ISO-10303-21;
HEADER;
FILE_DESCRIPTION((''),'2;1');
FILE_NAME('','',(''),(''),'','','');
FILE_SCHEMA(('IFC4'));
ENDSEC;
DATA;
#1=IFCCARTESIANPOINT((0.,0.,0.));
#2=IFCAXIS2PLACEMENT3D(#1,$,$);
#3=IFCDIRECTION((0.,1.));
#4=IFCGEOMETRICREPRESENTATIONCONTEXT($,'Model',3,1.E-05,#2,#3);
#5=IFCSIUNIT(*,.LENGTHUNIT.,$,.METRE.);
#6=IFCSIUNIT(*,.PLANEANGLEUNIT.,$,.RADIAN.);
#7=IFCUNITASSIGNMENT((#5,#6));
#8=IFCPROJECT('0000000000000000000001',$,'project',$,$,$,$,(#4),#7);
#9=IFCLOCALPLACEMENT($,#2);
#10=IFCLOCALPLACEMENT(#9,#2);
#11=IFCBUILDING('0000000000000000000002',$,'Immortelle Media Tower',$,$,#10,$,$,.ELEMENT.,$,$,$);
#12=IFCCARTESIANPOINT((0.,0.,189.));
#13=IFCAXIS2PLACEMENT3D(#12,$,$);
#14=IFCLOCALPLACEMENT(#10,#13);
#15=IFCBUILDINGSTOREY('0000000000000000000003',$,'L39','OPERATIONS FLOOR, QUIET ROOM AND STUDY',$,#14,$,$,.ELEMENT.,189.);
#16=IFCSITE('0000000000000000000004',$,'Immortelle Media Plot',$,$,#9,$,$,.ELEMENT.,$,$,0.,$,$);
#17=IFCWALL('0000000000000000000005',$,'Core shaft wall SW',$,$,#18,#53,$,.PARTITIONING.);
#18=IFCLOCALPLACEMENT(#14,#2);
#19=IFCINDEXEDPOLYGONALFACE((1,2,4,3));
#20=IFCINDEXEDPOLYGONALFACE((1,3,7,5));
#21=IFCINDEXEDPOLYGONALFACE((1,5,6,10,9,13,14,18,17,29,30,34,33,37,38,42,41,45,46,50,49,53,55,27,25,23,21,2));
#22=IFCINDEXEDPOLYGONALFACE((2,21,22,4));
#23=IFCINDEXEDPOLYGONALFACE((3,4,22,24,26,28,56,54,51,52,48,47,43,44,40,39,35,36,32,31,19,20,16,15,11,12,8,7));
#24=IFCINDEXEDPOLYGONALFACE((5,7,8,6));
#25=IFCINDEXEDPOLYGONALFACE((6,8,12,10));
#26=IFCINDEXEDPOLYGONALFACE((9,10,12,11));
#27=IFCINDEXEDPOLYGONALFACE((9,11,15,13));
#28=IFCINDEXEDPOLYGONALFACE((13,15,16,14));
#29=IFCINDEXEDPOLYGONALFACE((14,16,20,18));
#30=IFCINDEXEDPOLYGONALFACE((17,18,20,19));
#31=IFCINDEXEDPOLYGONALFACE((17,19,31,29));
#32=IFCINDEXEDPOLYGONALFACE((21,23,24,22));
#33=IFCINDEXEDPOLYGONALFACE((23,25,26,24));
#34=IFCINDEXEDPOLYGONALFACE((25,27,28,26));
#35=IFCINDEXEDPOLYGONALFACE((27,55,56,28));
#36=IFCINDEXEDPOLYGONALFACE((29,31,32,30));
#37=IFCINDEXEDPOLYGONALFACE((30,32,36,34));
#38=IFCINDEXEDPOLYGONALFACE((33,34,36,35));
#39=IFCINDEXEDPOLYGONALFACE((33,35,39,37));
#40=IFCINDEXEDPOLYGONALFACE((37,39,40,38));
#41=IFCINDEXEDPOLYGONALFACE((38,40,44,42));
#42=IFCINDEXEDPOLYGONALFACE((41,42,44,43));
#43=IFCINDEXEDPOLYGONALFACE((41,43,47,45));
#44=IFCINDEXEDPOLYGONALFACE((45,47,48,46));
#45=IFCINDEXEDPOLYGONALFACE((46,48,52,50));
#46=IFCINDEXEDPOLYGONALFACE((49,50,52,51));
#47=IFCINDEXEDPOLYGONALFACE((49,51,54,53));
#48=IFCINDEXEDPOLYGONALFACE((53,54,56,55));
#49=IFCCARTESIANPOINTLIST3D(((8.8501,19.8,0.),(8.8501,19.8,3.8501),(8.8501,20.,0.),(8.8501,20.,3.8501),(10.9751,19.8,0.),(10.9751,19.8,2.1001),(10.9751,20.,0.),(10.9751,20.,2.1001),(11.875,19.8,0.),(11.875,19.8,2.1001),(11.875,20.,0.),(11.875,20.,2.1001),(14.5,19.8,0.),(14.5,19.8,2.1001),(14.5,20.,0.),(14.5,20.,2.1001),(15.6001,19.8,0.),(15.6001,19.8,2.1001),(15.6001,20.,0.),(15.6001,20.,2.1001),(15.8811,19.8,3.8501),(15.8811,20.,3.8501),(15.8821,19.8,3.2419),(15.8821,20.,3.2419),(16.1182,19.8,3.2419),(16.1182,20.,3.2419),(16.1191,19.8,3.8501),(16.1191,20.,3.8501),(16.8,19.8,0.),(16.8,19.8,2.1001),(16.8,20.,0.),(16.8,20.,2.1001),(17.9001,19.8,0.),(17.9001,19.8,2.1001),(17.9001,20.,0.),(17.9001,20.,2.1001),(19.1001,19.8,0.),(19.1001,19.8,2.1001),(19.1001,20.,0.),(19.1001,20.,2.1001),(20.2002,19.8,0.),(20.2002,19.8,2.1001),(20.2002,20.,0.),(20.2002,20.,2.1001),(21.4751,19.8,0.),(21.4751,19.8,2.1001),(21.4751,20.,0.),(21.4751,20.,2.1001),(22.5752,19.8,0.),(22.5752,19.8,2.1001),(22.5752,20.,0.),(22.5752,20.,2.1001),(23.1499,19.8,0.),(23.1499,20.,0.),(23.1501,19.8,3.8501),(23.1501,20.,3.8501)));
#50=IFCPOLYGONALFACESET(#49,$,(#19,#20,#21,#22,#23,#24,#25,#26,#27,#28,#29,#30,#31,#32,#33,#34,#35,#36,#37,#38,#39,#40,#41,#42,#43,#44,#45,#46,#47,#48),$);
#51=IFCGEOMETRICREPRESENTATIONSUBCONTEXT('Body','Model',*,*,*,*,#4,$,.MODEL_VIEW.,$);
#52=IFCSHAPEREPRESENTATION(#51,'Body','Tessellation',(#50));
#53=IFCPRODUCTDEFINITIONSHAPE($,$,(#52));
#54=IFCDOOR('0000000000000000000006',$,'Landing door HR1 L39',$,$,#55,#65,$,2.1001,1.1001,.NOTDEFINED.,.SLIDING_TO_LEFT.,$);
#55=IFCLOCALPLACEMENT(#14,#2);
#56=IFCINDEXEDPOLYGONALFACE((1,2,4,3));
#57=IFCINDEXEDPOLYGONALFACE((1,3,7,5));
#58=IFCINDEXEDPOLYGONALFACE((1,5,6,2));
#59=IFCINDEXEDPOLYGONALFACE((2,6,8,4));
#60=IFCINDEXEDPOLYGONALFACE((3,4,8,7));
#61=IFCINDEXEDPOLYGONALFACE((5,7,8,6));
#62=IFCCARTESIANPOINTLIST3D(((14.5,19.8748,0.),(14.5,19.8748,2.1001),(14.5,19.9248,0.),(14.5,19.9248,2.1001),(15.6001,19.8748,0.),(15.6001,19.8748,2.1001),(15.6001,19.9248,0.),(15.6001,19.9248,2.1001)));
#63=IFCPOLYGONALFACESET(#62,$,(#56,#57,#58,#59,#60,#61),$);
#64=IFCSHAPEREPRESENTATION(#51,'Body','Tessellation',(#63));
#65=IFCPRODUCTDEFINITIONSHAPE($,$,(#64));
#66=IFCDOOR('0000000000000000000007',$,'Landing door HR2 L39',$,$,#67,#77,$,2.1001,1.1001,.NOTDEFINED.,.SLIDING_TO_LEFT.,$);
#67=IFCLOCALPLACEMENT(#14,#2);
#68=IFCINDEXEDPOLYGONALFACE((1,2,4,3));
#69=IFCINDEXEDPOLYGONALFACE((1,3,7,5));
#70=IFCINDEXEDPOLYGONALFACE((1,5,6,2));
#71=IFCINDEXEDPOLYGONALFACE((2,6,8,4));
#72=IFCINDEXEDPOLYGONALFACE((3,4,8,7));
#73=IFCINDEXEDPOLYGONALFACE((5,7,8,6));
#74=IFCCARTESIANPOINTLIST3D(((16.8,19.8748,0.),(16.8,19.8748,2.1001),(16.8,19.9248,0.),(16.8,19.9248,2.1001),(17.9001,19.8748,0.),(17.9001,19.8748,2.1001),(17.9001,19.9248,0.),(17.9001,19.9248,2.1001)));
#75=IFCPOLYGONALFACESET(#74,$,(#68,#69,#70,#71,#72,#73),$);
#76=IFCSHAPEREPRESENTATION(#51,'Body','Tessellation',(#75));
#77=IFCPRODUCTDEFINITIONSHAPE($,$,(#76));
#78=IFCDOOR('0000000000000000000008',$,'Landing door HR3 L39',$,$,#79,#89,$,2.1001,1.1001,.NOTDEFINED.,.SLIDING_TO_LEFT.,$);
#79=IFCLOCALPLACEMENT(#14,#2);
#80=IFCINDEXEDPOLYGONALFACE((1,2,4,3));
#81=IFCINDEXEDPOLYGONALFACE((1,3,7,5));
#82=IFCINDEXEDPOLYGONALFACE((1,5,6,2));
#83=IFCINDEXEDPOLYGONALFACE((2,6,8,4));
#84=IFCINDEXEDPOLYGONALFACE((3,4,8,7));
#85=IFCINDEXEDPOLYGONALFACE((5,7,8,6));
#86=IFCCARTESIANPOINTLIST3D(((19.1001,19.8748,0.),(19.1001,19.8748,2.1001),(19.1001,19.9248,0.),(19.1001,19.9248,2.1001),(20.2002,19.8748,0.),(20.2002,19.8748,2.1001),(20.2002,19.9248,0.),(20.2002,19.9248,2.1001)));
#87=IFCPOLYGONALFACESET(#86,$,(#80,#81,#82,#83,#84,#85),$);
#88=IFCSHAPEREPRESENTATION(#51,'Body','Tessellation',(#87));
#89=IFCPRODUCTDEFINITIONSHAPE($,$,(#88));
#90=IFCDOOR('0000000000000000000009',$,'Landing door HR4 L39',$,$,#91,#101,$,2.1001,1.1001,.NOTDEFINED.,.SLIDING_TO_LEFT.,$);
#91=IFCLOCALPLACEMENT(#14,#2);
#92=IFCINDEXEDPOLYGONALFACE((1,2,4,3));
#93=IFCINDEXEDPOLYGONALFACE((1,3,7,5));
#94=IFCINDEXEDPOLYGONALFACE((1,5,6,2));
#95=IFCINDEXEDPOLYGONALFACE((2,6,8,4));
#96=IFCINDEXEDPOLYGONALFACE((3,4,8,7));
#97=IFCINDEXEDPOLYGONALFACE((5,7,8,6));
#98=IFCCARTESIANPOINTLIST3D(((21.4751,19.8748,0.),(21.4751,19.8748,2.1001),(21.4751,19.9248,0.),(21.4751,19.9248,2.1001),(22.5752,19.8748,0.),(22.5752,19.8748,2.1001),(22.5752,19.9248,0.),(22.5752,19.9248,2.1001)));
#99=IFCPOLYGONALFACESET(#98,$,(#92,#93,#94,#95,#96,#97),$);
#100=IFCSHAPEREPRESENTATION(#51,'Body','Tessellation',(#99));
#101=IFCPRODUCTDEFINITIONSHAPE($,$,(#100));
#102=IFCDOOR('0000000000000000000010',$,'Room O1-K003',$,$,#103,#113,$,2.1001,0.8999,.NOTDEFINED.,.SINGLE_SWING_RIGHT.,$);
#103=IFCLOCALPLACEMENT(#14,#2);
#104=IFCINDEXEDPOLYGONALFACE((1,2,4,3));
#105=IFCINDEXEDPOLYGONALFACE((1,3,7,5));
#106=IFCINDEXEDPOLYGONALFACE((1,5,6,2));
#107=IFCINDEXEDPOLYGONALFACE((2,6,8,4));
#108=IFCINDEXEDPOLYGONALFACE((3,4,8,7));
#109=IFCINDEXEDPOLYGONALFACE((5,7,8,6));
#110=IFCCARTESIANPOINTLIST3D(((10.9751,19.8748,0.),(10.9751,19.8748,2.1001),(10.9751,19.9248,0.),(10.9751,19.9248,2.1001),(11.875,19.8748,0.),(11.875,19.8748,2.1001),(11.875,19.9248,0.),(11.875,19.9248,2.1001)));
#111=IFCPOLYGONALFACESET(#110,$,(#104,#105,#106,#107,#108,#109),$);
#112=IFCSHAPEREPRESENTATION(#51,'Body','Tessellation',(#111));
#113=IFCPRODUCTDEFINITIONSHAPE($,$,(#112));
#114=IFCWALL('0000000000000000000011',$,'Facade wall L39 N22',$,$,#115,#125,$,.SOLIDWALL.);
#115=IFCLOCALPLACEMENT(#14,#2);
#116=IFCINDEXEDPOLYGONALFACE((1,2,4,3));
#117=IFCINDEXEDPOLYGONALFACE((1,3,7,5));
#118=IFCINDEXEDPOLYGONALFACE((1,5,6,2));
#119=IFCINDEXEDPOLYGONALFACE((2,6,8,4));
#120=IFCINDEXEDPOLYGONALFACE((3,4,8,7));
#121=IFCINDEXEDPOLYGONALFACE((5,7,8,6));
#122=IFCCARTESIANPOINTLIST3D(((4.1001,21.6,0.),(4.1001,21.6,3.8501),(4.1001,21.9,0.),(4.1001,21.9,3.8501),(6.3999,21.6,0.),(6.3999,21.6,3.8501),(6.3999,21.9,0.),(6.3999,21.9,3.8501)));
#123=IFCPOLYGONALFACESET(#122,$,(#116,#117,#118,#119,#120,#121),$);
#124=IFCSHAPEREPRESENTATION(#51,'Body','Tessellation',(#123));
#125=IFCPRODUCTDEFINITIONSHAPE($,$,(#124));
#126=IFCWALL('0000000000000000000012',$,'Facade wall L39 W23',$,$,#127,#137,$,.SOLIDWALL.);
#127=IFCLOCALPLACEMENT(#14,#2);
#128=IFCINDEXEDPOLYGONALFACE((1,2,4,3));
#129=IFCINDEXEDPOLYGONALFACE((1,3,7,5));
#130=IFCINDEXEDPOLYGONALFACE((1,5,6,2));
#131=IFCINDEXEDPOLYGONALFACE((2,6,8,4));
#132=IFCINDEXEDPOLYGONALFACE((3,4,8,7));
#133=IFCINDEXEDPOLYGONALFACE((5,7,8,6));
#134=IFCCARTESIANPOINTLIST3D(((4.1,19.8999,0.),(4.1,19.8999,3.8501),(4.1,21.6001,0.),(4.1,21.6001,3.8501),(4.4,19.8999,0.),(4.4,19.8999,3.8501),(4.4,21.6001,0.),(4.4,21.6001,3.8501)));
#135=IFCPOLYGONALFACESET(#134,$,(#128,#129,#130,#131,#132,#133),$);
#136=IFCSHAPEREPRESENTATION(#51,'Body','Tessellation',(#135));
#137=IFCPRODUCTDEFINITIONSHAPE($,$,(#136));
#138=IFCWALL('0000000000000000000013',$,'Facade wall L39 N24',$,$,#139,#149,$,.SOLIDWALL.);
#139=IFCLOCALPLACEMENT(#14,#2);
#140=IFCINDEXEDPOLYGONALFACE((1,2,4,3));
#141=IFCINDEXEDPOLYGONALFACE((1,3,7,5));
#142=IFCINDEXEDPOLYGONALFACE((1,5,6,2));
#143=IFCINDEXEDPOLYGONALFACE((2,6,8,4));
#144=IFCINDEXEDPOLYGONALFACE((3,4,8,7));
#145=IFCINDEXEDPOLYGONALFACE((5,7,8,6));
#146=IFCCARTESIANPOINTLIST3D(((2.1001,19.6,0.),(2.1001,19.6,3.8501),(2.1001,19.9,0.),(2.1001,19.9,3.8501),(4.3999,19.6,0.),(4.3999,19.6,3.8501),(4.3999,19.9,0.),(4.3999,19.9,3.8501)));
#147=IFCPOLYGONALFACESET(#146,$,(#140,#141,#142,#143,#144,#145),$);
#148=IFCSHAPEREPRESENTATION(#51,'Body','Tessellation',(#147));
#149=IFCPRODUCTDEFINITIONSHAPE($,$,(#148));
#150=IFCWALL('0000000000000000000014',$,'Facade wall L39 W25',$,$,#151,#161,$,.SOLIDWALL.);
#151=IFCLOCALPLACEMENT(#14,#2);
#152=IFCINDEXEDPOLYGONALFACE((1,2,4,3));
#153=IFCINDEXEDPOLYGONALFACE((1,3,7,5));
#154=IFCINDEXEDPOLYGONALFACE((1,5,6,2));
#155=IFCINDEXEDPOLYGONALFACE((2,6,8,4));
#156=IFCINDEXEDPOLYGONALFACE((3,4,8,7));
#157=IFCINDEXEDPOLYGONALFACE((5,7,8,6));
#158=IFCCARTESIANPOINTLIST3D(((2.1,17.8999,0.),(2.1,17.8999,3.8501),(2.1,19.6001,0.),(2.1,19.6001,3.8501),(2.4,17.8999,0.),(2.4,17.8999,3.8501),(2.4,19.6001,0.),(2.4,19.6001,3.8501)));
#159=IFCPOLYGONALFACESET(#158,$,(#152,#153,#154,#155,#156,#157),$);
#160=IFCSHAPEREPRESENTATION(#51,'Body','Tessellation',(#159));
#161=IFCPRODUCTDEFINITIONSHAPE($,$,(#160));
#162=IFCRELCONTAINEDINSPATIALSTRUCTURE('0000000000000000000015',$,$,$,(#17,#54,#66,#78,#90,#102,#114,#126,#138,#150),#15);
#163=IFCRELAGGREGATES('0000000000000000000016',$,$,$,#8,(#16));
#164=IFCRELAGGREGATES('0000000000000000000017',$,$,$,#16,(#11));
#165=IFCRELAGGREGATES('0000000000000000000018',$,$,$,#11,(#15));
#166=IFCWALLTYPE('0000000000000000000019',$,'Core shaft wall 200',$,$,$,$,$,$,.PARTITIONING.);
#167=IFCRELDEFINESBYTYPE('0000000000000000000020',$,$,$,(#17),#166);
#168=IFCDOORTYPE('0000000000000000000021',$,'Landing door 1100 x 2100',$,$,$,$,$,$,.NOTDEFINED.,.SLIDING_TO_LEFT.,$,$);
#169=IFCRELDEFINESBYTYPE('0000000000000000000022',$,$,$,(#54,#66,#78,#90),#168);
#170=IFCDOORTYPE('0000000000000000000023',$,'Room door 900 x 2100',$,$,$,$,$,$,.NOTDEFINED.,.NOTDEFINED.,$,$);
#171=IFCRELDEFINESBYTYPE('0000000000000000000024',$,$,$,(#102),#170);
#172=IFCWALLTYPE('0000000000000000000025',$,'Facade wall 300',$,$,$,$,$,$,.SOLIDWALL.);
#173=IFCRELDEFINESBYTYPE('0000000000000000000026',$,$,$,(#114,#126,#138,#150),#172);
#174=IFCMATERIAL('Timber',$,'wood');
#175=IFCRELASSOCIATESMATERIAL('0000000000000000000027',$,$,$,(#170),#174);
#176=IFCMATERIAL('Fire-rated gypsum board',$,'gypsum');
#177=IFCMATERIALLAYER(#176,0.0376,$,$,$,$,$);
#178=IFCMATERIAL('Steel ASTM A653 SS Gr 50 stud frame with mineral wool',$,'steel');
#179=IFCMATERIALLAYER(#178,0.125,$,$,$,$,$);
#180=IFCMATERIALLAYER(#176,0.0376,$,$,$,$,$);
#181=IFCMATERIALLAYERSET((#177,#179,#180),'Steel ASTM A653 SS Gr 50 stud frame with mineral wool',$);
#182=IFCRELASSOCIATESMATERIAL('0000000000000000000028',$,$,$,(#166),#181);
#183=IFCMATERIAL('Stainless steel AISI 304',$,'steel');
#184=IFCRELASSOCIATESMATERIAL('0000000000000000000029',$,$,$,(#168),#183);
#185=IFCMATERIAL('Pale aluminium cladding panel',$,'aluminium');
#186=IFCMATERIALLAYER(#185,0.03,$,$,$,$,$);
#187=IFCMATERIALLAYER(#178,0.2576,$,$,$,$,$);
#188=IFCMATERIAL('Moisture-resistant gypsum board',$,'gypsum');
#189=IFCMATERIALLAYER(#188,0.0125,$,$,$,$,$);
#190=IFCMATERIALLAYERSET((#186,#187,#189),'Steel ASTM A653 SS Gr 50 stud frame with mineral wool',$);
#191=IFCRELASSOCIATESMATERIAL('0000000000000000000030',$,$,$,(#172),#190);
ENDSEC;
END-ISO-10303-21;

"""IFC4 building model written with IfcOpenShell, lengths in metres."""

from ifc_helpers import new_model, si_unit, direction, frame, frame_2d, origin, place, context, subcontext, project, spatial, polyline, rectangle, outline, extrude, material, layer, layer_set, type_object, element, fill, save


model = new_model("IFC4")

# Units and contexts
model_context = context("Model", 3, precision=1e-05, world=origin(), true_north=direction((0.0, 1.0)))
body_context = subcontext(model_context, "Body", "Model", "MODEL_VIEW")
ifc_project = project(units=[si_unit("LENGTHUNIT", "METRE"), si_unit("PLANEANGLEUNIT", "RADIAN")], contexts=[model_context])

# Site, building, storey
site_placement = place(None, origin())
site = spatial("IfcSite", under=ifc_project, at=site_placement, Name="Immortelle Media Plot", CompositionType="ELEMENT", RefElevation=0.0)
building_placement = place(site_placement, origin())
building = spatial("IfcBuilding", under=site, at=building_placement, Name="Immortelle Media Tower", CompositionType="ELEMENT")
storey_placement = place(building_placement, frame((0.0, 0.0, 189.0)))
storey = spatial("IfcBuildingStorey", under=building, at=storey_placement, Name="L39", Description="OPERATIONS FLOOR, QUIET ROOM AND STUDY", CompositionType="ELEMENT", Elevation=189.0)

# Shared definitions
ifc_material_1 = material(Name="Fire-rated gypsum board", Category="gypsum")
ifc_material_2 = material(Name="Steel ASTM A653 SS Gr 50 stud frame with mineral wool", Category="steel")

# Shared definitions
ifc_material_3 = material(Name="Timber", Category="wood")
door_type_1 = type_object("IfcDoorType", Name="Room door 900 x 2100", OperationType="NOTDEFINED", PredefinedType="NOTDEFINED", material=ifc_material_3)

# Wall, openings, doors
ifc_layer_1 = layer(ifc_material_1, 0.0376)
ifc_layer_2 = layer(ifc_material_2, 0.125)
ifc_layer_3 = layer(ifc_material_1, 0.0376)
ifc_layer_set_1 = layer_set([ifc_layer_1, ifc_layer_2, ifc_layer_3], Name="Steel ASTM A653 SS Gr 50 stud frame with mineral wool")
wall_type_1 = type_object("IfcWallType", Name="Core shaft wall 200", PredefinedType="PARTITIONING", material=ifc_layer_set_1)
wall_1_placement = place(storey_placement, frame((8.8501, 19.8999, 0.0), z_axis=(0.0, 0.0, 1.0), x_axis=(1.0, 0.0, 0.0)))
wall_1 = element("IfcWall", 1, at=wall_1_placement, inside=storey, type_object=wall_type_1, Name="Core shaft wall SW", PredefinedType="PARTITIONING", context=body_context, shape_type="SweptSolid", body=[
    extrude(outline(polyline([(0.0, 0.0), (14.2998, 0.0), (14.3, 3.8501), (7.269, 3.8501), (7.2681, 3.2419), (7.032, 3.2419), (7.031, 3.8501), (0.0, 3.8501), (0.0, 0.0)])), frame((0.0, 0.1001, 0.0), z_axis=(0.0, -1.0, 0.0), x_axis=(1.0, 0.0, 0.0)), (0.0, 0.0, 1.0), 0.2),
])
opening_1_placement = place(wall_1_placement, frame((2.125, 0.0, 0.0)))
opening_1 = element("IfcOpeningElement", 2, at=opening_1_placement, cuts=wall_1, PredefinedType="OPENING", context=body_context, shape_type="SweptSolid", body=[
    extrude(rectangle(XDim=0.8999, YDim=2.1001, at=frame_2d((0.45, 1.05))), frame((0.0, 0.1099, 0.0), z_axis=(0.0, -1.0, 0.0), x_axis=(1.0, 0.0, 0.0)), (0.0, 0.0, 1.0), 0.22),
])
opening_2_placement = place(wall_1_placement, frame((5.6499, 0.0, 0.0)))
opening_2 = element("IfcOpeningElement", 3, at=opening_2_placement, cuts=wall_1, PredefinedType="OPENING", context=body_context, shape_type="SweptSolid", body=[
    extrude(rectangle(XDim=1.1001, YDim=2.1001, at=frame_2d((0.55, 1.05))), frame((0.0, 0.1099, 0.0), z_axis=(0.0, -1.0, 0.0), x_axis=(1.0, 0.0, 0.0)), (0.0, 0.0, 1.0), 0.22),
])
opening_3_placement = place(wall_1_placement, frame((7.95, 0.0, 0.0)))
opening_3 = element("IfcOpeningElement", 4, at=opening_3_placement, cuts=wall_1, PredefinedType="OPENING", context=body_context, shape_type="SweptSolid", body=[
    extrude(rectangle(XDim=1.1001, YDim=2.1001, at=frame_2d((0.55, 1.05))), frame((0.0, 0.1099, 0.0), z_axis=(0.0, -1.0, 0.0), x_axis=(1.0, 0.0, 0.0)), (0.0, 0.0, 1.0), 0.22),
])
opening_4_placement = place(wall_1_placement, frame((10.25, 0.0, 0.0)))
opening_4 = element("IfcOpeningElement", 5, at=opening_4_placement, cuts=wall_1, PredefinedType="OPENING", context=body_context, shape_type="SweptSolid", body=[
    extrude(rectangle(XDim=1.1001, YDim=2.1001, at=frame_2d((0.55, 1.05))), frame((0.0, 0.1099, 0.0), z_axis=(0.0, -1.0, 0.0), x_axis=(1.0, 0.0, 0.0)), (0.0, 0.0, 1.0), 0.22),
])
opening_5_placement = place(wall_1_placement, frame((12.625, 0.0, 0.0)))
opening_5 = element("IfcOpeningElement", 6, at=opening_5_placement, cuts=wall_1, PredefinedType="OPENING", context=body_context, shape_type="SweptSolid", body=[
    extrude(rectangle(XDim=1.1001, YDim=2.1001, at=frame_2d((0.55, 1.05))), frame((0.0, 0.1099, 0.0), z_axis=(0.0, -1.0, 0.0), x_axis=(1.0, 0.0, 0.0)), (0.0, 0.0, 1.0), 0.22),
])
ifc_material_4 = material(Name="Stainless steel AISI 304", Category="steel")
door_type_2 = type_object("IfcDoorType", Name="Landing door 1100 x 2100", OperationType="SLIDING_TO_LEFT", PredefinedType="NOTDEFINED", material=ifc_material_4)
door_1_placement = place(opening_2_placement, origin())
door_1 = element("IfcDoor", 7, at=door_1_placement, inside=storey, type_object=door_type_2, Name="Landing door HR1 L39", OperationType="SLIDING_TO_LEFT", OverallHeight=2.1001, OverallWidth=1.1001, PredefinedType="NOTDEFINED", context=body_context, shape_type="SweptSolid", body=[
    extrude(rectangle(XDim=1.1001, YDim=2.1001, at=frame_2d((0.55, 1.05))), frame((0.0, 0.0249, 0.0), z_axis=(0.0, -1.0, 0.0), x_axis=(1.0, 0.0, 0.0)), (0.0, 0.0, 1.0), 0.05),
])
fill(opening_2, door_1)
door_2_placement = place(opening_3_placement, origin())
door_2 = element("IfcDoor", 8, at=door_2_placement, inside=storey, type_object=door_type_2, Name="Landing door HR2 L39", OperationType="SLIDING_TO_LEFT", OverallHeight=2.1001, OverallWidth=1.1001, PredefinedType="NOTDEFINED", context=body_context, shape_type="SweptSolid", body=[
    extrude(rectangle(XDim=1.1001, YDim=2.1001, at=frame_2d((0.55, 1.05))), frame((0.0, 0.0249, 0.0), z_axis=(0.0, -1.0, 0.0), x_axis=(1.0, 0.0, 0.0)), (0.0, 0.0, 1.0), 0.05),
])
fill(opening_3, door_2)
door_3_placement = place(opening_4_placement, origin())
door_3 = element("IfcDoor", 9, at=door_3_placement, inside=storey, type_object=door_type_2, Name="Landing door HR3 L39", OperationType="SLIDING_TO_LEFT", OverallHeight=2.1001, OverallWidth=1.1001, PredefinedType="NOTDEFINED", context=body_context, shape_type="SweptSolid", body=[
    extrude(rectangle(XDim=1.1001, YDim=2.1001, at=frame_2d((0.55, 1.05))), frame((0.0, 0.0249, 0.0), z_axis=(0.0, -1.0, 0.0), x_axis=(1.0, 0.0, 0.0)), (0.0, 0.0, 1.0), 0.05),
])
fill(opening_4, door_3)
door_4_placement = place(opening_5_placement, origin())
door_4 = element("IfcDoor", 10, at=door_4_placement, inside=storey, type_object=door_type_2, Name="Landing door HR4 L39", OperationType="SLIDING_TO_LEFT", OverallHeight=2.1001, OverallWidth=1.1001, PredefinedType="NOTDEFINED", context=body_context, shape_type="SweptSolid", body=[
    extrude(rectangle(XDim=1.1001, YDim=2.1001, at=frame_2d((0.55, 1.05))), frame((0.0, 0.0249, 0.0), z_axis=(0.0, -1.0, 0.0), x_axis=(1.0, 0.0, 0.0)), (0.0, 0.0, 1.0), 0.05),
])
fill(opening_5, door_4)
door_5_placement = place(opening_1_placement, origin())
door_5 = element("IfcDoor", 11, at=door_5_placement, inside=storey, type_object=door_type_1, Name="Room O1-K003", OperationType="SINGLE_SWING_RIGHT", OverallHeight=2.1001, OverallWidth=0.8999, PredefinedType="NOTDEFINED", context=body_context, shape_type="SweptSolid", body=[
    extrude(rectangle(XDim=0.8999, YDim=2.1001, at=frame_2d((0.45, 1.05))), frame((0.0, 0.0249, 0.0), z_axis=(0.0, -1.0, 0.0), x_axis=(1.0, 0.0, 0.0)), (0.0, 0.0, 1.0), 0.05),
])
fill(opening_1, door_5)

# Walls
ifc_material_5 = material(Name="Pale aluminium cladding panel", Category="aluminium")
ifc_layer_4 = layer(ifc_material_5, 0.03)
ifc_layer_5 = layer(ifc_material_2, 0.2576)
ifc_material_6 = material(Name="Moisture-resistant gypsum board", Category="gypsum")
ifc_layer_6 = layer(ifc_material_6, 0.0125)
ifc_layer_set_2 = layer_set([ifc_layer_4, ifc_layer_5, ifc_layer_6], Name="Steel ASTM A653 SS Gr 50 stud frame with mineral wool")
wall_type_2 = type_object("IfcWallType", Name="Facade wall 300", PredefinedType="SOLIDWALL", material=ifc_layer_set_2)
wall_2_placement = place(storey_placement, frame((6.3999, 21.75, 0.0), z_axis=(0.0, 0.0, 1.0), x_axis=(-1.0, 0.0, 0.0)))
element("IfcWall", 12, at=wall_2_placement, inside=storey, type_object=wall_type_2, Name="Facade wall L39 N22", PredefinedType="SOLIDWALL", context=body_context, shape_type="SweptSolid", body=[
    extrude(rectangle(XDim=2.2998, YDim=0.3, at=frame_2d((1.1499, 0.0))), origin(), (0.0, 0.0, 1.0), 3.8501),
])
wall_3_placement = place(storey_placement, frame((4.25, 21.6001, 0.0), z_axis=(0.0, 0.0, 1.0), x_axis=(0.0, -1.0, 0.0)))
element("IfcWall", 13, at=wall_3_placement, inside=storey, type_object=wall_type_2, Name="Facade wall L39 W23", PredefinedType="SOLIDWALL", context=body_context, shape_type="SweptSolid", body=[
    extrude(rectangle(XDim=1.7002, YDim=0.3, at=frame_2d((0.8501, 0.0))), origin(), (0.0, 0.0, 1.0), 3.8501),
])
wall_4_placement = place(storey_placement, frame((4.3999, 19.75, 0.0), z_axis=(0.0, 0.0, 1.0), x_axis=(-1.0, 0.0, 0.0)))
element("IfcWall", 14, at=wall_4_placement, inside=storey, type_object=wall_type_2, Name="Facade wall L39 N24", PredefinedType="SOLIDWALL", context=body_context, shape_type="SweptSolid", body=[
    extrude(rectangle(XDim=2.2998, YDim=0.3, at=frame_2d((1.1499, 0.0))), origin(), (0.0, 0.0, 1.0), 3.8501),
])
wall_5_placement = place(storey_placement, frame((2.25, 19.6001, 0.0), z_axis=(0.0, 0.0, 1.0), x_axis=(0.0, -1.0, 0.0)))
element("IfcWall", 15, at=wall_5_placement, inside=storey, type_object=wall_type_2, Name="Facade wall L39 W25", PredefinedType="SOLIDWALL", context=body_context, shape_type="SweptSolid", body=[
    extrude(rectangle(XDim=1.7002, YDim=0.3, at=frame_2d((0.8501, 0.0))), origin(), (0.0, 0.0, 1.0), 3.8501),
])

save(model, "model.ifc")
